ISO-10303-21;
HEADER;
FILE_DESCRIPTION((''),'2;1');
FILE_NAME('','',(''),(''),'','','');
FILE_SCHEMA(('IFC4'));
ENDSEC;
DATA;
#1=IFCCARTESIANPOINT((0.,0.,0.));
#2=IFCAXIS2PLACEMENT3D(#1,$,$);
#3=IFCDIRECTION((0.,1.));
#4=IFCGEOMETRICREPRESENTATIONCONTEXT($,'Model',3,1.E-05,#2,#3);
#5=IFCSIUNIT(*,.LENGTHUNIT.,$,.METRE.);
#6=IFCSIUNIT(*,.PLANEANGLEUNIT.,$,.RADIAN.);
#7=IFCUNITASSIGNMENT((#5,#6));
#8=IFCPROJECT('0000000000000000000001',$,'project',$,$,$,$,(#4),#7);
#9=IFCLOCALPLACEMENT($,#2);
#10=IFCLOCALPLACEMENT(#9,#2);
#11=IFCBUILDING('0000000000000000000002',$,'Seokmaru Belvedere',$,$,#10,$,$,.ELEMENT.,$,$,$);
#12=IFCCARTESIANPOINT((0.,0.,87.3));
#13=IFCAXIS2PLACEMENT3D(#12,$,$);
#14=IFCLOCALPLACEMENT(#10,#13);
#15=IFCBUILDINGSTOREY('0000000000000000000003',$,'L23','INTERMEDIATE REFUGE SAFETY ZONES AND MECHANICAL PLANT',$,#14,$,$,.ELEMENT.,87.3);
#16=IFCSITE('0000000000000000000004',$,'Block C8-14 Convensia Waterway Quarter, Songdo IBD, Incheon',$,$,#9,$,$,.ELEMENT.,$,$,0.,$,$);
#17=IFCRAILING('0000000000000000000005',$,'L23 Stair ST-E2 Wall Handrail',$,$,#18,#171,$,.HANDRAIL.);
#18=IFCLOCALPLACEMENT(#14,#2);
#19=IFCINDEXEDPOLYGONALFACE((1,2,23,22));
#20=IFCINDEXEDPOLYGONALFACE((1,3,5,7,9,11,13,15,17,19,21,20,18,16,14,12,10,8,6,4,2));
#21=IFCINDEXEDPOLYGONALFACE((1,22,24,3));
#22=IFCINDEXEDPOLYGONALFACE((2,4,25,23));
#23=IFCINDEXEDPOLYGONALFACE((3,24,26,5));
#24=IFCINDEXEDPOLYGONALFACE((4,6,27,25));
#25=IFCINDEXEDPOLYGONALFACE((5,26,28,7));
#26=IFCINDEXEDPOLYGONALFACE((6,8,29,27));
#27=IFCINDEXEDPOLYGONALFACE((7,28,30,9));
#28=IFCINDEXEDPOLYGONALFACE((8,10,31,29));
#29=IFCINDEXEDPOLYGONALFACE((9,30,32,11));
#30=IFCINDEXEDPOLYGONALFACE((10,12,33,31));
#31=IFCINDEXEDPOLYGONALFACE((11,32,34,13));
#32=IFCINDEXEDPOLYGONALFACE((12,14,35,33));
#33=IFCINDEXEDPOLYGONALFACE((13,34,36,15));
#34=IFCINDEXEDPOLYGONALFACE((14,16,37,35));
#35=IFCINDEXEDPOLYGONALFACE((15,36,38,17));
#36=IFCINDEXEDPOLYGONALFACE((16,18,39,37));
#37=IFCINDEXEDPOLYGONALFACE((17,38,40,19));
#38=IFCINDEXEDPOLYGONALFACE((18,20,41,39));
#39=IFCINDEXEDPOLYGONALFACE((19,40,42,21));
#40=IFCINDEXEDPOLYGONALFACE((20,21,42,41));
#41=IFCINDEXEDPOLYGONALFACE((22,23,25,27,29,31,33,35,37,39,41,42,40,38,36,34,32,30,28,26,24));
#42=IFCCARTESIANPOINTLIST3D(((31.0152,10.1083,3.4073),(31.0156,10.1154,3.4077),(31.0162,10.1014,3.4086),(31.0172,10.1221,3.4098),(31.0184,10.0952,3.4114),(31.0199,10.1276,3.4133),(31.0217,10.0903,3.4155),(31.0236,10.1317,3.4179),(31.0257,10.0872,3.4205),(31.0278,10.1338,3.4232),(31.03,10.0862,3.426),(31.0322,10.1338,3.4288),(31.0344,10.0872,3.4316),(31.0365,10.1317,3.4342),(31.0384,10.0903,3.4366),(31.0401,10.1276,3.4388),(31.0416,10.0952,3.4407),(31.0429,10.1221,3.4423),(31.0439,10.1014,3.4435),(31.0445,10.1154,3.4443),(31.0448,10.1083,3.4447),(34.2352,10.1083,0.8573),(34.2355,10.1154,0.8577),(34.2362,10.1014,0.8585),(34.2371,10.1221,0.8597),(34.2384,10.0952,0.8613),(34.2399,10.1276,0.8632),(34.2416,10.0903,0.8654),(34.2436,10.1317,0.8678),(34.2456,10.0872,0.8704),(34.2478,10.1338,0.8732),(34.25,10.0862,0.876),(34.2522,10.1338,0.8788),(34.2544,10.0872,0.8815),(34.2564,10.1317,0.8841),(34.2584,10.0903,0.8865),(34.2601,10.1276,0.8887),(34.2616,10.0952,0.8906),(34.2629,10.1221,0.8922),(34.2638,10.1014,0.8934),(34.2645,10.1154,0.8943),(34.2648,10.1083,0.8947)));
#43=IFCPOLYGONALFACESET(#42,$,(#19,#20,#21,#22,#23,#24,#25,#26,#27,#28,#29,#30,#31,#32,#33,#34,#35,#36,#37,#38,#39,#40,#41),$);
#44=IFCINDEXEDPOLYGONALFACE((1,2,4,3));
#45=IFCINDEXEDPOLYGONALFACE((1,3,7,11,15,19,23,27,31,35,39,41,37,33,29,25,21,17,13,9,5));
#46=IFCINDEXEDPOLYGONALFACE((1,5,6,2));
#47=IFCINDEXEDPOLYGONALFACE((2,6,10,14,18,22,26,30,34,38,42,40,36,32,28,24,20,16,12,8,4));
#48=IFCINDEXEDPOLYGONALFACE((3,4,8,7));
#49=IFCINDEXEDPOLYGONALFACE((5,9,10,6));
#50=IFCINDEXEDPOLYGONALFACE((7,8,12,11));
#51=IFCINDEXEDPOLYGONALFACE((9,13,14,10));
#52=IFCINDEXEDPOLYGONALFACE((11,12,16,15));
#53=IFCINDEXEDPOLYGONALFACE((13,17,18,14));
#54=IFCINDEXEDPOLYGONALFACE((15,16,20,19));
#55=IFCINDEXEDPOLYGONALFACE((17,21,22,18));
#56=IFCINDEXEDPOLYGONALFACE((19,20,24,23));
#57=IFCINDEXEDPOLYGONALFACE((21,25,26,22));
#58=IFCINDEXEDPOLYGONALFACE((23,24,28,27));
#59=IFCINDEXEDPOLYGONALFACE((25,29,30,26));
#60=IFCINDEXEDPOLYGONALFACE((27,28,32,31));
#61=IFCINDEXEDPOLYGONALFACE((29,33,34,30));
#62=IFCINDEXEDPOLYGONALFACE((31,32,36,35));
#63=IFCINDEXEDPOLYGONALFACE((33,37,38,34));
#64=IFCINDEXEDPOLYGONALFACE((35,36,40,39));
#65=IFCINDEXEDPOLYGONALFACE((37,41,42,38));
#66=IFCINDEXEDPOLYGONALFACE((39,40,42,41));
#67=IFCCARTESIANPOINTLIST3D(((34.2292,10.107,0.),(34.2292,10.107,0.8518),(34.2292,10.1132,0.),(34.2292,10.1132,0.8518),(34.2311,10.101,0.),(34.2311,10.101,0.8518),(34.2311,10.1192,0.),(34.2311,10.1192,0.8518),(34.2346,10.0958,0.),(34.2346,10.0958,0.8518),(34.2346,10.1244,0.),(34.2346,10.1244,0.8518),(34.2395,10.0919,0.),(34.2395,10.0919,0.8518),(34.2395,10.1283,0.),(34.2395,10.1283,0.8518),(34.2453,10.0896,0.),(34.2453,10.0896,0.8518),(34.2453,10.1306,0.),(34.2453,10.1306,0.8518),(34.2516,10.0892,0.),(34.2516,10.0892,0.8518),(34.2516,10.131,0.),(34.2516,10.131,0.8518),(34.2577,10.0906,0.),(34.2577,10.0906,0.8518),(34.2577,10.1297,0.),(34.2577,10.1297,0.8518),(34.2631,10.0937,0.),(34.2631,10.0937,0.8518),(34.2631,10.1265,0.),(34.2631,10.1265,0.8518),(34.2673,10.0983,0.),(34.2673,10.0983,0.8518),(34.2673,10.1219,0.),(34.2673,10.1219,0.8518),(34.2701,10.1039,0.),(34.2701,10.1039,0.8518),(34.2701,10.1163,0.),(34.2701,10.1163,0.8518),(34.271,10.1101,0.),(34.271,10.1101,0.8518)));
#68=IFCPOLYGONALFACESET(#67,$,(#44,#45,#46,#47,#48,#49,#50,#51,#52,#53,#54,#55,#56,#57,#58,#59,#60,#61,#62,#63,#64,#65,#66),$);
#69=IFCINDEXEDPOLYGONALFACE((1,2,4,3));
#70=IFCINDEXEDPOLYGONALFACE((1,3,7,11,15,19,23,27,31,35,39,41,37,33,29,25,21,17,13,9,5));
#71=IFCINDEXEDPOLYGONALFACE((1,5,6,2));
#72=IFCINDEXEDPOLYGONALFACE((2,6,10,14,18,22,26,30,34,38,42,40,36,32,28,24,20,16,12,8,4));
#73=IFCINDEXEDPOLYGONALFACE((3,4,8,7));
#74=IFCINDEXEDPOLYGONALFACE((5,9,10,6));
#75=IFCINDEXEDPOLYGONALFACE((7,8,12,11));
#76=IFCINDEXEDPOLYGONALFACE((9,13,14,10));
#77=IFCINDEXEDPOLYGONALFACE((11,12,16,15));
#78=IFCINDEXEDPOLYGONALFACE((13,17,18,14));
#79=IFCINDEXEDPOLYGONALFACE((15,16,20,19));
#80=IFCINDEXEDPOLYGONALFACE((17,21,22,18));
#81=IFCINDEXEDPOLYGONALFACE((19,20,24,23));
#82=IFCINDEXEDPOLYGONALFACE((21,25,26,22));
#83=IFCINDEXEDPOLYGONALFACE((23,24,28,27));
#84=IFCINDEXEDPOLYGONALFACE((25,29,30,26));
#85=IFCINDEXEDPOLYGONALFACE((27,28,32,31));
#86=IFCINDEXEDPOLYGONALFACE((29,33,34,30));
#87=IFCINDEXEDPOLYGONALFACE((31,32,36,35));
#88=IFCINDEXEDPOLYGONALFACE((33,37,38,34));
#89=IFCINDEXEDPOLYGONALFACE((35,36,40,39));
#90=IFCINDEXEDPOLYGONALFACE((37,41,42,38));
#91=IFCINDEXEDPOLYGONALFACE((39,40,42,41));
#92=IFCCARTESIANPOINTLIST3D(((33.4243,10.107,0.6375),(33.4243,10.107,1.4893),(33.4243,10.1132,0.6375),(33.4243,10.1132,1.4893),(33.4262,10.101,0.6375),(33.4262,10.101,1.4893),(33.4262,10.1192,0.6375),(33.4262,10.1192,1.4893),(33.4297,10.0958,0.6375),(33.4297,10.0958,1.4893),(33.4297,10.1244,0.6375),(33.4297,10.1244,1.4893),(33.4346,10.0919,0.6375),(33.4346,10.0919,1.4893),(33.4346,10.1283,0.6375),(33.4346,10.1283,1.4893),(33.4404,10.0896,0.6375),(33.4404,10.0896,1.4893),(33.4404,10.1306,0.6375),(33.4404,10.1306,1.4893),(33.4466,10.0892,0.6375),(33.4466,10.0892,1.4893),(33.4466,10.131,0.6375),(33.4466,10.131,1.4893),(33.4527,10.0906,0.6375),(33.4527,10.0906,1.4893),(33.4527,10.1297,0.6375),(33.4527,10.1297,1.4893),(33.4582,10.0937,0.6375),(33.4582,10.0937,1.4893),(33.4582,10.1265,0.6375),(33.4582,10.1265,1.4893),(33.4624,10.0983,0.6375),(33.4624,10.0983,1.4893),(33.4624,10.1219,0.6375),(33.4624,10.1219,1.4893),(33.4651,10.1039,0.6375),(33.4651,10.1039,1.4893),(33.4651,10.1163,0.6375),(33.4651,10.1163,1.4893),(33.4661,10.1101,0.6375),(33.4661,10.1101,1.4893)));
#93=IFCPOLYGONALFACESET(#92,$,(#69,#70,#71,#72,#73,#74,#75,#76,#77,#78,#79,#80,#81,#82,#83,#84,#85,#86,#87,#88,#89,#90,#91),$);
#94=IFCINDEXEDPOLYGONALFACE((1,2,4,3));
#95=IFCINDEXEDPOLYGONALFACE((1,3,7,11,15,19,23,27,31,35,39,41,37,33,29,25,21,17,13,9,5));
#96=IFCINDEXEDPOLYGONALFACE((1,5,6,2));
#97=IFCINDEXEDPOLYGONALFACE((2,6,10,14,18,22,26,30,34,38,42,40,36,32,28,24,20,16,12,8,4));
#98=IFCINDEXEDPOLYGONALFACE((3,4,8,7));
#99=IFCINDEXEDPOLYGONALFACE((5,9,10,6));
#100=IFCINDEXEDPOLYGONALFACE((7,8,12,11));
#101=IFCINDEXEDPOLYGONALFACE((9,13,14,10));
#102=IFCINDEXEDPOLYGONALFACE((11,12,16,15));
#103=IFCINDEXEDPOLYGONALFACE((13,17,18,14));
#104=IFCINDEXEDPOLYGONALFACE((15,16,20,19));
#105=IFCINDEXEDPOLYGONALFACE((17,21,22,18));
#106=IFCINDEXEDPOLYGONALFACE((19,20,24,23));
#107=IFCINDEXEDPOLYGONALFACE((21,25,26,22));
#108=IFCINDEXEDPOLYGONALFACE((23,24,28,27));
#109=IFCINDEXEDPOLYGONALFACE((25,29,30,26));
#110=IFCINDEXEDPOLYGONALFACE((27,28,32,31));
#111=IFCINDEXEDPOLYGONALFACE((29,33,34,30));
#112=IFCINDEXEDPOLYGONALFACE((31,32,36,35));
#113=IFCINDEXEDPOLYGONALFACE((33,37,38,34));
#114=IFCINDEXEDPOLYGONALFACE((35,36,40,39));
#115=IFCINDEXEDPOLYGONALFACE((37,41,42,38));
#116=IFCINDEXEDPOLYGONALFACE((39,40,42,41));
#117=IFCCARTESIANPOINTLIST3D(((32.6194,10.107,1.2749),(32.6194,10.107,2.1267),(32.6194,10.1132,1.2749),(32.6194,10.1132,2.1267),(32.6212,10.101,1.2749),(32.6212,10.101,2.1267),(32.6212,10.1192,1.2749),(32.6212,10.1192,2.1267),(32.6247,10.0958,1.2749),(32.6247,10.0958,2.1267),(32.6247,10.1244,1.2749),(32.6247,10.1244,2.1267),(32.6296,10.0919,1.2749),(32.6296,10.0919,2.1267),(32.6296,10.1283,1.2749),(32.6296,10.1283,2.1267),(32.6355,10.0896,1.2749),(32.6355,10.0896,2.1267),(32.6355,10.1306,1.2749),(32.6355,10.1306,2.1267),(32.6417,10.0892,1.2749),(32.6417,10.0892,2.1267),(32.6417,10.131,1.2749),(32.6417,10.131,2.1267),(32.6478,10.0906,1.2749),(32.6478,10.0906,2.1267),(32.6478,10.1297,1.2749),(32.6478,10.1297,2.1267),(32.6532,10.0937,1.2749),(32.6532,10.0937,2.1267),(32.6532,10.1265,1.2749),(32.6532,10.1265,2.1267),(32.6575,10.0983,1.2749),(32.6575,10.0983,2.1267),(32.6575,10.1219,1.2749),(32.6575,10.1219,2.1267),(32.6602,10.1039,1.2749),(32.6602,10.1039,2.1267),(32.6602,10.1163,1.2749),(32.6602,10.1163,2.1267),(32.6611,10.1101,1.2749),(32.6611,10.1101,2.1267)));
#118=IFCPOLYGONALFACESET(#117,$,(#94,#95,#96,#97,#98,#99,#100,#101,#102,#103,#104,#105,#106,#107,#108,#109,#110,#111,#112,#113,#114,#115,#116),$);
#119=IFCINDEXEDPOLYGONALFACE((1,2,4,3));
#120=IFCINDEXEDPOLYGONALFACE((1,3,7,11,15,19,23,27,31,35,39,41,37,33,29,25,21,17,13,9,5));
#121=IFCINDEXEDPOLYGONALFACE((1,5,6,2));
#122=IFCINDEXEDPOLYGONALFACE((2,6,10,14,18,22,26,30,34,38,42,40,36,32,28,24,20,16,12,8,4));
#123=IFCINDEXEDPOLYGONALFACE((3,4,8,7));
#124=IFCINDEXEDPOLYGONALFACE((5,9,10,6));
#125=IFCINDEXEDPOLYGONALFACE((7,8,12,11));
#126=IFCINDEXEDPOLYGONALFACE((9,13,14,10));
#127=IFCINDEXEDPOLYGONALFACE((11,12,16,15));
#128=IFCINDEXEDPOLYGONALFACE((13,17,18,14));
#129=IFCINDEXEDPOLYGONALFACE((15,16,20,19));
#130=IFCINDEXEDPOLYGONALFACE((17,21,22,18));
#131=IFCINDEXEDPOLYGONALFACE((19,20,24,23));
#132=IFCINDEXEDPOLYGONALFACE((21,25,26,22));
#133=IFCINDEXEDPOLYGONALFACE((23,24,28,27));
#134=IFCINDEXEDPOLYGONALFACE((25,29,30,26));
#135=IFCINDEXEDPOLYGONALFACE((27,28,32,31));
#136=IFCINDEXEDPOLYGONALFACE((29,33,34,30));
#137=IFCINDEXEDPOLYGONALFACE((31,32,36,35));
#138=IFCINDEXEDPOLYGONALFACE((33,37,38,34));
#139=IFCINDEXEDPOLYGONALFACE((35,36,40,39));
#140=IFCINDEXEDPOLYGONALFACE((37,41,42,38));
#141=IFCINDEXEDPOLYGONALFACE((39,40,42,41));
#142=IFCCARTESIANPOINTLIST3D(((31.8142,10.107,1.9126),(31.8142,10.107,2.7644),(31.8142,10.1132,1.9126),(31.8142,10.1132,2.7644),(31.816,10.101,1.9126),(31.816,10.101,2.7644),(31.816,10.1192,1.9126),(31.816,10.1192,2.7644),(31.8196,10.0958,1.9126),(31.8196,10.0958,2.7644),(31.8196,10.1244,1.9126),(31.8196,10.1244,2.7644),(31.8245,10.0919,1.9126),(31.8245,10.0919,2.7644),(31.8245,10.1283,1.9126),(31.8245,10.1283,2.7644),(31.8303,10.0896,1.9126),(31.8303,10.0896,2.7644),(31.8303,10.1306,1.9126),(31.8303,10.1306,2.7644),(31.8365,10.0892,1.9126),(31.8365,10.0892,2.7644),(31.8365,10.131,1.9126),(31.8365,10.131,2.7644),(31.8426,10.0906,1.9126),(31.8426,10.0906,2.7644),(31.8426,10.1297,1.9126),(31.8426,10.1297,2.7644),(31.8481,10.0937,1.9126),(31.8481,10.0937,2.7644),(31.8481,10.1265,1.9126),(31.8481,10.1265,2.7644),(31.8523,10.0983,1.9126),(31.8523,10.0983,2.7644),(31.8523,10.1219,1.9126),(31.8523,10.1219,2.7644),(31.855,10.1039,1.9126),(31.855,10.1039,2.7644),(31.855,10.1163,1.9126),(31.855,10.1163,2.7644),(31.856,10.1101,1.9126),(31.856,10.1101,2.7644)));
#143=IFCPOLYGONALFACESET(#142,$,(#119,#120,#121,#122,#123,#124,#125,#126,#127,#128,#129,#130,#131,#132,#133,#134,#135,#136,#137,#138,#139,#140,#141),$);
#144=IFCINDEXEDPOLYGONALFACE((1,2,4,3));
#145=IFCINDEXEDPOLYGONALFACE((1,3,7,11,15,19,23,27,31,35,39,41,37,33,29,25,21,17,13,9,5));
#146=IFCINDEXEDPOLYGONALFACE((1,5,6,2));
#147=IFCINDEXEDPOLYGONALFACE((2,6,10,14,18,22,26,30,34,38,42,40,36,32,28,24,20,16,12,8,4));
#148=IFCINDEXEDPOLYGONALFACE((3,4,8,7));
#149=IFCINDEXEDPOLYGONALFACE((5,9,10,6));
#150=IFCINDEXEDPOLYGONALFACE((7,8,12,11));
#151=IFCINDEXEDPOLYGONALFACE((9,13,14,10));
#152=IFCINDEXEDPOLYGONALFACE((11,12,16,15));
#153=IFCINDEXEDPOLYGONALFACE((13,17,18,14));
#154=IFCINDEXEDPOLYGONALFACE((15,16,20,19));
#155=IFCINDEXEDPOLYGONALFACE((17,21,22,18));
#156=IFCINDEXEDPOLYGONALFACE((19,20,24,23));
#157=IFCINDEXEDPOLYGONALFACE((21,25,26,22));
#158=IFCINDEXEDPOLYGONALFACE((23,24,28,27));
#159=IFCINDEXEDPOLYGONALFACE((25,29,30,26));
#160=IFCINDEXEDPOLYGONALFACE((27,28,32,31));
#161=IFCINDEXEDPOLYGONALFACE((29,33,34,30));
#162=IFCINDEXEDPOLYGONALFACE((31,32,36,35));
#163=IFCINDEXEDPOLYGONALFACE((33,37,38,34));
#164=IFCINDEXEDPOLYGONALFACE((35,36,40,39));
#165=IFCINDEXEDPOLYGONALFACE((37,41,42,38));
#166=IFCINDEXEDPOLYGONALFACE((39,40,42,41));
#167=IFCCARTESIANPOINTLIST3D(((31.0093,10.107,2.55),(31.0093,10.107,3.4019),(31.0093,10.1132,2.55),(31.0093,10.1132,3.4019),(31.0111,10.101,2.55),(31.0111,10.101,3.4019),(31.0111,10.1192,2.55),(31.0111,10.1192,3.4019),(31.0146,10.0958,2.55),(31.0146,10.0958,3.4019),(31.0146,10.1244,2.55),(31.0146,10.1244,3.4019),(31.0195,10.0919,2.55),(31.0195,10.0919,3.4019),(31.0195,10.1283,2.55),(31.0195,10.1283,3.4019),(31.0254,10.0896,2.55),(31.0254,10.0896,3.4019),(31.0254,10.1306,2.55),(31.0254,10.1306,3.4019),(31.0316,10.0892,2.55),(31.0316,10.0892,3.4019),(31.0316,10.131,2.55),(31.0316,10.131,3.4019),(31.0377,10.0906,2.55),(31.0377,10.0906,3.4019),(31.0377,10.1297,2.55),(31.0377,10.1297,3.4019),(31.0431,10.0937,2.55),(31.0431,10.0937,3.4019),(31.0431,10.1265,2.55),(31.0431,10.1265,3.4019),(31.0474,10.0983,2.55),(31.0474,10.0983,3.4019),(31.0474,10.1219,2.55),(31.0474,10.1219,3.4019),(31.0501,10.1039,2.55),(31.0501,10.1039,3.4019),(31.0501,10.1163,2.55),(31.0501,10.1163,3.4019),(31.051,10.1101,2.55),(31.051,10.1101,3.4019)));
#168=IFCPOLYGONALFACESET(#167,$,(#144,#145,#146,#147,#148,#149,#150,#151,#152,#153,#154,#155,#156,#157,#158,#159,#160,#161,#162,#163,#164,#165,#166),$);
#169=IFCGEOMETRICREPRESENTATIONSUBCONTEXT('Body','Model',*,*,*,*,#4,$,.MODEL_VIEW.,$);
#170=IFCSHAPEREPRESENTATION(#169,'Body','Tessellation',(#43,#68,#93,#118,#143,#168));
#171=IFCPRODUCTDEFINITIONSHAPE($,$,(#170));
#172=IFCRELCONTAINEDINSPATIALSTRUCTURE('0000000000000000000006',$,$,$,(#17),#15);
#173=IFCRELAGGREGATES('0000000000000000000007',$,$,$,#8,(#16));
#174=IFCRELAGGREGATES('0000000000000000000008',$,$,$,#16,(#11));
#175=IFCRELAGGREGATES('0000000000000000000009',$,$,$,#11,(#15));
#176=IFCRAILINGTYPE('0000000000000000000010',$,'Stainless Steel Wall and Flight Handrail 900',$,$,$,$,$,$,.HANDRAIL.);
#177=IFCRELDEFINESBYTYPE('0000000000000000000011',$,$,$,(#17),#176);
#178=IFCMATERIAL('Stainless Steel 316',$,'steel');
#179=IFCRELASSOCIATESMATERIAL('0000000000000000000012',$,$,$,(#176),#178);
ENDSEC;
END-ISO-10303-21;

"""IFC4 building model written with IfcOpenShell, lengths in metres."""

from ifc_helpers import new_model, si_unit, direction, frame, origin, origin_2d, place, context, subcontext, project, spatial, circle, extrude, material, type_object, element, save


model = new_model("IFC4")

# Units and contexts
model_context = context("Model", 3, precision=1e-05, world=origin(), true_north=direction((0.0, 1.0)))
body_context = subcontext(model_context, "Body", "Model", "MODEL_VIEW")
ifc_project = project(units=[si_unit("LENGTHUNIT", "METRE"), si_unit("PLANEANGLEUNIT", "RADIAN")], contexts=[model_context])

# Site, building, storey
site_placement = place(None, origin())
site = spatial("IfcSite", under=ifc_project, at=site_placement, Name="Block C8-14 Convensia Waterway Quarter, Songdo IBD, Incheon", CompositionType="ELEMENT", RefElevation=0.0)
building_placement = place(site_placement, origin())
building = spatial("IfcBuilding", under=site, at=building_placement, Name="Seokmaru Belvedere", CompositionType="ELEMENT")
storey_placement = place(building_placement, frame((0.0, 0.0, 87.3)))
storey = spatial("IfcBuildingStorey", under=building, at=storey_placement, Name="L23", Description="INTERMEDIATE REFUGE SAFETY ZONES AND MECHANICAL PLANT", CompositionType="ELEMENT", Elevation=87.3)

# Railing
ifc_material_1 = material(Name="Stainless Steel 316", Category="steel")
railing_type_1 = type_object("IfcRailingType", Name="Stainless Steel Wall and Flight Handrail 900", PredefinedType="HANDRAIL", material=ifc_material_1)
railing_1_placement = place(storey_placement, frame((34.25, 10.1101, 0.0)))
element("IfcRailing", 1, at=railing_1_placement, inside=storey, type_object=railing_type_1, Name="L23 Stair ST-E2 Wall Handrail", PredefinedType="HANDRAIL", context=body_context, shape_type="SweptSolid", body=[
    extrude(circle(Radius=0.0239, at=origin_2d()), frame((0.0, 0.0, 0.876), z_axis=(-0.783939, 0.0, 0.620838), x_axis=(0.0, -1.0, 0.0)), (0.0, 0.0, 1.0), 4.1074),
    extrude(circle(Radius=0.021, at=origin_2d()), origin(), (0.0, 0.0, 1.0), 0.8518),
    extrude(circle(Radius=0.021, at=origin_2d()), frame((-0.8049, 0.0, 0.6375)), (0.0, 0.0, 1.0), 0.8518),
    extrude(circle(Radius=0.021, at=origin_2d()), frame((-1.6099, 0.0, 1.2749)), (0.0, 0.0, 1.0), 0.8518),
    extrude(circle(Radius=0.021, at=origin_2d()), frame((-2.415, 0.0, 1.9126)), (0.0, 0.0, 1.0), 0.8518),
    extrude(circle(Radius=0.021, at=origin_2d()), frame((-3.22, 0.0, 2.55)), (0.0, 0.0, 1.0), 0.8518),
])

save(model, "model.ifc")
